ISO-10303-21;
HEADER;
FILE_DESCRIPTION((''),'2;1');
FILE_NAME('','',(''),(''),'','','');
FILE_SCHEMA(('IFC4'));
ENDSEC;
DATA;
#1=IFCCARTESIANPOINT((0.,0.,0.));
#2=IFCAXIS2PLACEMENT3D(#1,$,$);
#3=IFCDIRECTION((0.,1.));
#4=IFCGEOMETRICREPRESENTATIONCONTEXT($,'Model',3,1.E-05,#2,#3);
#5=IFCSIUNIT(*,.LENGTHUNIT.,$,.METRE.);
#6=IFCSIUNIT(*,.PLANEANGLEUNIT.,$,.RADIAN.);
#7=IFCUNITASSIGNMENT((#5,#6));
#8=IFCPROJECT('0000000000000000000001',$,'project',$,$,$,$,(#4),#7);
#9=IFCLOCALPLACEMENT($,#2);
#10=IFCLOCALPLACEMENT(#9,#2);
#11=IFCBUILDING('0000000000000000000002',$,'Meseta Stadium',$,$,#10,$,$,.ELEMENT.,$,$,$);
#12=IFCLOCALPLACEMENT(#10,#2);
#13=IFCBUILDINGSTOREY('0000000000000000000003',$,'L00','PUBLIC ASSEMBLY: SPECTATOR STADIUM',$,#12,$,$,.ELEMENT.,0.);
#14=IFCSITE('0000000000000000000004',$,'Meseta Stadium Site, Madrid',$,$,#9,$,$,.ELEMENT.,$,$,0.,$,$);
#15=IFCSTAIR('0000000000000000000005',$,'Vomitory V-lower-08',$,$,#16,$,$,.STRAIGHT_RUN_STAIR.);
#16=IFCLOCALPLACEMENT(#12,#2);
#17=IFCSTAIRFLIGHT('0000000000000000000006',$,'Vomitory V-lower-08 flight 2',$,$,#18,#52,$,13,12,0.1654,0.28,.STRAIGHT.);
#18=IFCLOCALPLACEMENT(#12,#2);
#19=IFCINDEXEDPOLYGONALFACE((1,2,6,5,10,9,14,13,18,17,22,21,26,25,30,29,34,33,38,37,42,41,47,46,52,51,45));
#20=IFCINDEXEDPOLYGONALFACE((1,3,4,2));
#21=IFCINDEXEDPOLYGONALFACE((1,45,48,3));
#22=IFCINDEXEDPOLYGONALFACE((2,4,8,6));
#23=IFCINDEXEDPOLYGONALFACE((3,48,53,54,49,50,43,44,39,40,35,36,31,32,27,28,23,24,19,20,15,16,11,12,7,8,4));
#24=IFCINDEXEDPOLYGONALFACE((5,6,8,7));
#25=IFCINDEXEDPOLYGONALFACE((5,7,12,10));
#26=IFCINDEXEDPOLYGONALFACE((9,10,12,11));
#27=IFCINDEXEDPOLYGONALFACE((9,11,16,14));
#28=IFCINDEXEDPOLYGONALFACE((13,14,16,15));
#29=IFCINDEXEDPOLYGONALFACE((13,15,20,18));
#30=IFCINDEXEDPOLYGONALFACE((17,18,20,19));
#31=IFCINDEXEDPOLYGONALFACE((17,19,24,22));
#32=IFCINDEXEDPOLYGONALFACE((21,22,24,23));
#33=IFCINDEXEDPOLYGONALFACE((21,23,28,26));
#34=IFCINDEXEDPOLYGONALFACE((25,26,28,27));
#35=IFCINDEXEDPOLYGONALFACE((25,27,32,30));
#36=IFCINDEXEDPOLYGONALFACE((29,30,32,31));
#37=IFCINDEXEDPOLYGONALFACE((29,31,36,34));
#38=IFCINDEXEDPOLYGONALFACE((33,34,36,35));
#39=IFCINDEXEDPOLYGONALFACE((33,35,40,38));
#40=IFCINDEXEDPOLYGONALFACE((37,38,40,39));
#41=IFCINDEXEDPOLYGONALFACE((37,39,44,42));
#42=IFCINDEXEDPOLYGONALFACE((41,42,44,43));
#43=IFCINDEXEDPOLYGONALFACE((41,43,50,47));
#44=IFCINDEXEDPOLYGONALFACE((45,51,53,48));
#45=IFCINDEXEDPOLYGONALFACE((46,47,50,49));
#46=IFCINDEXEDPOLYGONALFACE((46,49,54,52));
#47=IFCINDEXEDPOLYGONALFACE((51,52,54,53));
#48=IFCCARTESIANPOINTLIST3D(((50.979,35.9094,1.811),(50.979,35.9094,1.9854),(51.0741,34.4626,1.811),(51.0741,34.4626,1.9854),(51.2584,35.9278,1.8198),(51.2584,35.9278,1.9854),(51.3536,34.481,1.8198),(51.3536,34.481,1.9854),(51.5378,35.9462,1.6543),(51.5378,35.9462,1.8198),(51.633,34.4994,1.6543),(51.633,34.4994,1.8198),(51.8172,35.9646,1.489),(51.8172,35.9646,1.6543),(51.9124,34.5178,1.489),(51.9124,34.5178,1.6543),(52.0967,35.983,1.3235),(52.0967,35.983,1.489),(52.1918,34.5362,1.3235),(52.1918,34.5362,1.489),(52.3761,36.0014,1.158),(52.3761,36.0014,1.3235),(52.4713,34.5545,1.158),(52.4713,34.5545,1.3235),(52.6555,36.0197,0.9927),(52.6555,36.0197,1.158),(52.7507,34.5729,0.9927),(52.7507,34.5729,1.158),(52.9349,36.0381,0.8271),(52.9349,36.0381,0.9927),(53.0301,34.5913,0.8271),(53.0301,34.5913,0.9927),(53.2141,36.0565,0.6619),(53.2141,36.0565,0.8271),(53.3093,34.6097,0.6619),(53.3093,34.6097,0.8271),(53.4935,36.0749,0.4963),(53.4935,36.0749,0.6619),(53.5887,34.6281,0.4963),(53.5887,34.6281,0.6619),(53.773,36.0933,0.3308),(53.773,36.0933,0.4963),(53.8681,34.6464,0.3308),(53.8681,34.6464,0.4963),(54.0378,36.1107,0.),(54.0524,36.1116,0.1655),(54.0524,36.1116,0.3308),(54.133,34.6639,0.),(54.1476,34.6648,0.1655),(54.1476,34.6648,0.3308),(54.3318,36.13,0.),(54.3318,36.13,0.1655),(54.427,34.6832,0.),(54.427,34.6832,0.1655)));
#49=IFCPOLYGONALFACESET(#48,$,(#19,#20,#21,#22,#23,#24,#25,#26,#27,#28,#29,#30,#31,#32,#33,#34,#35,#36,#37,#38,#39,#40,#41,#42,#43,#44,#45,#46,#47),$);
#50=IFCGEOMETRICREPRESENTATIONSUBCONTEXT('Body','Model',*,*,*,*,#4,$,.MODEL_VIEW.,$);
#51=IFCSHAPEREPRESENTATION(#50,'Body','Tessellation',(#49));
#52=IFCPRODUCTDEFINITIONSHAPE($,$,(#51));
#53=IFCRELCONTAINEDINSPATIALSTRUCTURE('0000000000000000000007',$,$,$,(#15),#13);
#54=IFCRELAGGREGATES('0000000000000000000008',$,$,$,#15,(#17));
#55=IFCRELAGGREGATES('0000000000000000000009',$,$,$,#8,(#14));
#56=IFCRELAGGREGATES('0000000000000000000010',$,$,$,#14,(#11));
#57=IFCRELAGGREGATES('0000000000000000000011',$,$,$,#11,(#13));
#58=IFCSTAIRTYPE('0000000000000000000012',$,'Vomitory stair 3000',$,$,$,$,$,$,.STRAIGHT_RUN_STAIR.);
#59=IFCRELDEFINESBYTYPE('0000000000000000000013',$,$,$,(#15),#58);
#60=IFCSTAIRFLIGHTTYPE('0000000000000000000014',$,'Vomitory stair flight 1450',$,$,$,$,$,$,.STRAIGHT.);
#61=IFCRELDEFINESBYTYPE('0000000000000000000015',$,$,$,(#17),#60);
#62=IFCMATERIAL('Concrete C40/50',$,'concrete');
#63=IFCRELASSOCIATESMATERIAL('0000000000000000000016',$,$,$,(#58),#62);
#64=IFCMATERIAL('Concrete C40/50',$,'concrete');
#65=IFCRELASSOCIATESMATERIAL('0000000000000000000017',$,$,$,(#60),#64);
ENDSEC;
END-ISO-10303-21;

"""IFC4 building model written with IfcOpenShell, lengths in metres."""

from ifc_helpers import new_model, si_unit, direction, frame, origin, place, context, subcontext, project, spatial, polyline, outline, extrude, material, type_object, element, aggregate, save


model = new_model("IFC4")

# Units and contexts
model_context = context("Model", 3, precision=1e-05, world=origin(), true_north=direction((0.0, 1.0)))
body_context = subcontext(model_context, "Body", "Model", "MODEL_VIEW")
ifc_project = project(units=[si_unit("LENGTHUNIT", "METRE"), si_unit("PLANEANGLEUNIT", "RADIAN")], contexts=[model_context])

# Site, building, storey
site_placement = place(None, origin())
site = spatial("IfcSite", under=ifc_project, at=site_placement, Name="Meseta Stadium Site, Madrid", CompositionType="ELEMENT", RefElevation=0.0)
building_placement = place(site_placement, origin())
building = spatial("IfcBuilding", under=site, at=building_placement, Name="Meseta Stadium", CompositionType="ELEMENT")
storey_placement = place(building_placement, origin())
storey = spatial("IfcBuildingStorey", under=building, at=storey_placement, Name="L00", Description="PUBLIC ASSEMBLY: SPECTATOR STADIUM", CompositionType="ELEMENT", Elevation=0.0)

# Stair, stair flight
ifc_material_1 = material(Name="Concrete C40/50", Category="concrete")
stair_type = type_object("IfcStairType", Name="Vomitory stair 3000", PredefinedType="STRAIGHT_RUN_STAIR", material=ifc_material_1)
ifc_material_2 = material(Name="Concrete C40/50", Category="concrete")
stair_flight_type = type_object("IfcStairFlightType", Name="Vomitory stair flight 1450", PredefinedType="STRAIGHT", material=ifc_material_2)
stair_1_placement = place(storey_placement, origin())
stair_1 = element("IfcStair", 1, at=stair_1_placement, inside=storey, type_object=stair_type, Name="Vomitory V-lower-08", PredefinedType="STRAIGHT_RUN_STAIR")
stair_flight_1_placement = place(storey_placement, frame((54.3794, 35.4067, 0.0), z_axis=(0.0, 0.0, 1.0), x_axis=(-0.997843, -0.065647, 0.0)))
stair_flight_1 = element("IfcStairFlight", 2, at=stair_flight_1_placement, type_object=stair_flight_type, Name="Vomitory V-lower-08 flight 2", NumberOfRisers=13, NumberOfTreads=12, PredefinedType="STRAIGHT", RiserHeight=0.1654, TreadLength=0.28, context=body_context, shape_type="SweptSolid", body=[
    extrude(outline(polyline([(0.0, 0.0), (0.0, 0.1655), (0.28, 0.1655), (0.28, 0.3308), (0.5601, 0.3308), (0.5601, 0.4963), (0.8401, 0.4963), (0.8401, 0.6619), (1.1201, 0.6619), (1.1201, 0.8271), (1.3999, 0.8271), (1.3999, 0.9927), (1.6799, 0.9927), (1.6799, 1.158), (1.96, 1.158), (1.96, 1.3235), (2.24, 1.3235), (2.24, 1.489), (2.52, 1.489), (2.52, 1.6543), (2.8, 1.6543), (2.8, 1.8198), (3.0801, 1.8198), (3.0801, 1.9854), (3.3601, 1.9854), (3.3601, 1.811), (0.2947, 0.0), (0.0, 0.0)])), frame((0.0, 0.7251, 0.0), z_axis=(0.0, -1.0, 0.0), x_axis=(1.0, 0.0, 0.0)), (0.0, 0.0, 1.0), 1.45),
])
aggregate(stair_1, [stair_flight_1])

save(model, "model.ifc")
